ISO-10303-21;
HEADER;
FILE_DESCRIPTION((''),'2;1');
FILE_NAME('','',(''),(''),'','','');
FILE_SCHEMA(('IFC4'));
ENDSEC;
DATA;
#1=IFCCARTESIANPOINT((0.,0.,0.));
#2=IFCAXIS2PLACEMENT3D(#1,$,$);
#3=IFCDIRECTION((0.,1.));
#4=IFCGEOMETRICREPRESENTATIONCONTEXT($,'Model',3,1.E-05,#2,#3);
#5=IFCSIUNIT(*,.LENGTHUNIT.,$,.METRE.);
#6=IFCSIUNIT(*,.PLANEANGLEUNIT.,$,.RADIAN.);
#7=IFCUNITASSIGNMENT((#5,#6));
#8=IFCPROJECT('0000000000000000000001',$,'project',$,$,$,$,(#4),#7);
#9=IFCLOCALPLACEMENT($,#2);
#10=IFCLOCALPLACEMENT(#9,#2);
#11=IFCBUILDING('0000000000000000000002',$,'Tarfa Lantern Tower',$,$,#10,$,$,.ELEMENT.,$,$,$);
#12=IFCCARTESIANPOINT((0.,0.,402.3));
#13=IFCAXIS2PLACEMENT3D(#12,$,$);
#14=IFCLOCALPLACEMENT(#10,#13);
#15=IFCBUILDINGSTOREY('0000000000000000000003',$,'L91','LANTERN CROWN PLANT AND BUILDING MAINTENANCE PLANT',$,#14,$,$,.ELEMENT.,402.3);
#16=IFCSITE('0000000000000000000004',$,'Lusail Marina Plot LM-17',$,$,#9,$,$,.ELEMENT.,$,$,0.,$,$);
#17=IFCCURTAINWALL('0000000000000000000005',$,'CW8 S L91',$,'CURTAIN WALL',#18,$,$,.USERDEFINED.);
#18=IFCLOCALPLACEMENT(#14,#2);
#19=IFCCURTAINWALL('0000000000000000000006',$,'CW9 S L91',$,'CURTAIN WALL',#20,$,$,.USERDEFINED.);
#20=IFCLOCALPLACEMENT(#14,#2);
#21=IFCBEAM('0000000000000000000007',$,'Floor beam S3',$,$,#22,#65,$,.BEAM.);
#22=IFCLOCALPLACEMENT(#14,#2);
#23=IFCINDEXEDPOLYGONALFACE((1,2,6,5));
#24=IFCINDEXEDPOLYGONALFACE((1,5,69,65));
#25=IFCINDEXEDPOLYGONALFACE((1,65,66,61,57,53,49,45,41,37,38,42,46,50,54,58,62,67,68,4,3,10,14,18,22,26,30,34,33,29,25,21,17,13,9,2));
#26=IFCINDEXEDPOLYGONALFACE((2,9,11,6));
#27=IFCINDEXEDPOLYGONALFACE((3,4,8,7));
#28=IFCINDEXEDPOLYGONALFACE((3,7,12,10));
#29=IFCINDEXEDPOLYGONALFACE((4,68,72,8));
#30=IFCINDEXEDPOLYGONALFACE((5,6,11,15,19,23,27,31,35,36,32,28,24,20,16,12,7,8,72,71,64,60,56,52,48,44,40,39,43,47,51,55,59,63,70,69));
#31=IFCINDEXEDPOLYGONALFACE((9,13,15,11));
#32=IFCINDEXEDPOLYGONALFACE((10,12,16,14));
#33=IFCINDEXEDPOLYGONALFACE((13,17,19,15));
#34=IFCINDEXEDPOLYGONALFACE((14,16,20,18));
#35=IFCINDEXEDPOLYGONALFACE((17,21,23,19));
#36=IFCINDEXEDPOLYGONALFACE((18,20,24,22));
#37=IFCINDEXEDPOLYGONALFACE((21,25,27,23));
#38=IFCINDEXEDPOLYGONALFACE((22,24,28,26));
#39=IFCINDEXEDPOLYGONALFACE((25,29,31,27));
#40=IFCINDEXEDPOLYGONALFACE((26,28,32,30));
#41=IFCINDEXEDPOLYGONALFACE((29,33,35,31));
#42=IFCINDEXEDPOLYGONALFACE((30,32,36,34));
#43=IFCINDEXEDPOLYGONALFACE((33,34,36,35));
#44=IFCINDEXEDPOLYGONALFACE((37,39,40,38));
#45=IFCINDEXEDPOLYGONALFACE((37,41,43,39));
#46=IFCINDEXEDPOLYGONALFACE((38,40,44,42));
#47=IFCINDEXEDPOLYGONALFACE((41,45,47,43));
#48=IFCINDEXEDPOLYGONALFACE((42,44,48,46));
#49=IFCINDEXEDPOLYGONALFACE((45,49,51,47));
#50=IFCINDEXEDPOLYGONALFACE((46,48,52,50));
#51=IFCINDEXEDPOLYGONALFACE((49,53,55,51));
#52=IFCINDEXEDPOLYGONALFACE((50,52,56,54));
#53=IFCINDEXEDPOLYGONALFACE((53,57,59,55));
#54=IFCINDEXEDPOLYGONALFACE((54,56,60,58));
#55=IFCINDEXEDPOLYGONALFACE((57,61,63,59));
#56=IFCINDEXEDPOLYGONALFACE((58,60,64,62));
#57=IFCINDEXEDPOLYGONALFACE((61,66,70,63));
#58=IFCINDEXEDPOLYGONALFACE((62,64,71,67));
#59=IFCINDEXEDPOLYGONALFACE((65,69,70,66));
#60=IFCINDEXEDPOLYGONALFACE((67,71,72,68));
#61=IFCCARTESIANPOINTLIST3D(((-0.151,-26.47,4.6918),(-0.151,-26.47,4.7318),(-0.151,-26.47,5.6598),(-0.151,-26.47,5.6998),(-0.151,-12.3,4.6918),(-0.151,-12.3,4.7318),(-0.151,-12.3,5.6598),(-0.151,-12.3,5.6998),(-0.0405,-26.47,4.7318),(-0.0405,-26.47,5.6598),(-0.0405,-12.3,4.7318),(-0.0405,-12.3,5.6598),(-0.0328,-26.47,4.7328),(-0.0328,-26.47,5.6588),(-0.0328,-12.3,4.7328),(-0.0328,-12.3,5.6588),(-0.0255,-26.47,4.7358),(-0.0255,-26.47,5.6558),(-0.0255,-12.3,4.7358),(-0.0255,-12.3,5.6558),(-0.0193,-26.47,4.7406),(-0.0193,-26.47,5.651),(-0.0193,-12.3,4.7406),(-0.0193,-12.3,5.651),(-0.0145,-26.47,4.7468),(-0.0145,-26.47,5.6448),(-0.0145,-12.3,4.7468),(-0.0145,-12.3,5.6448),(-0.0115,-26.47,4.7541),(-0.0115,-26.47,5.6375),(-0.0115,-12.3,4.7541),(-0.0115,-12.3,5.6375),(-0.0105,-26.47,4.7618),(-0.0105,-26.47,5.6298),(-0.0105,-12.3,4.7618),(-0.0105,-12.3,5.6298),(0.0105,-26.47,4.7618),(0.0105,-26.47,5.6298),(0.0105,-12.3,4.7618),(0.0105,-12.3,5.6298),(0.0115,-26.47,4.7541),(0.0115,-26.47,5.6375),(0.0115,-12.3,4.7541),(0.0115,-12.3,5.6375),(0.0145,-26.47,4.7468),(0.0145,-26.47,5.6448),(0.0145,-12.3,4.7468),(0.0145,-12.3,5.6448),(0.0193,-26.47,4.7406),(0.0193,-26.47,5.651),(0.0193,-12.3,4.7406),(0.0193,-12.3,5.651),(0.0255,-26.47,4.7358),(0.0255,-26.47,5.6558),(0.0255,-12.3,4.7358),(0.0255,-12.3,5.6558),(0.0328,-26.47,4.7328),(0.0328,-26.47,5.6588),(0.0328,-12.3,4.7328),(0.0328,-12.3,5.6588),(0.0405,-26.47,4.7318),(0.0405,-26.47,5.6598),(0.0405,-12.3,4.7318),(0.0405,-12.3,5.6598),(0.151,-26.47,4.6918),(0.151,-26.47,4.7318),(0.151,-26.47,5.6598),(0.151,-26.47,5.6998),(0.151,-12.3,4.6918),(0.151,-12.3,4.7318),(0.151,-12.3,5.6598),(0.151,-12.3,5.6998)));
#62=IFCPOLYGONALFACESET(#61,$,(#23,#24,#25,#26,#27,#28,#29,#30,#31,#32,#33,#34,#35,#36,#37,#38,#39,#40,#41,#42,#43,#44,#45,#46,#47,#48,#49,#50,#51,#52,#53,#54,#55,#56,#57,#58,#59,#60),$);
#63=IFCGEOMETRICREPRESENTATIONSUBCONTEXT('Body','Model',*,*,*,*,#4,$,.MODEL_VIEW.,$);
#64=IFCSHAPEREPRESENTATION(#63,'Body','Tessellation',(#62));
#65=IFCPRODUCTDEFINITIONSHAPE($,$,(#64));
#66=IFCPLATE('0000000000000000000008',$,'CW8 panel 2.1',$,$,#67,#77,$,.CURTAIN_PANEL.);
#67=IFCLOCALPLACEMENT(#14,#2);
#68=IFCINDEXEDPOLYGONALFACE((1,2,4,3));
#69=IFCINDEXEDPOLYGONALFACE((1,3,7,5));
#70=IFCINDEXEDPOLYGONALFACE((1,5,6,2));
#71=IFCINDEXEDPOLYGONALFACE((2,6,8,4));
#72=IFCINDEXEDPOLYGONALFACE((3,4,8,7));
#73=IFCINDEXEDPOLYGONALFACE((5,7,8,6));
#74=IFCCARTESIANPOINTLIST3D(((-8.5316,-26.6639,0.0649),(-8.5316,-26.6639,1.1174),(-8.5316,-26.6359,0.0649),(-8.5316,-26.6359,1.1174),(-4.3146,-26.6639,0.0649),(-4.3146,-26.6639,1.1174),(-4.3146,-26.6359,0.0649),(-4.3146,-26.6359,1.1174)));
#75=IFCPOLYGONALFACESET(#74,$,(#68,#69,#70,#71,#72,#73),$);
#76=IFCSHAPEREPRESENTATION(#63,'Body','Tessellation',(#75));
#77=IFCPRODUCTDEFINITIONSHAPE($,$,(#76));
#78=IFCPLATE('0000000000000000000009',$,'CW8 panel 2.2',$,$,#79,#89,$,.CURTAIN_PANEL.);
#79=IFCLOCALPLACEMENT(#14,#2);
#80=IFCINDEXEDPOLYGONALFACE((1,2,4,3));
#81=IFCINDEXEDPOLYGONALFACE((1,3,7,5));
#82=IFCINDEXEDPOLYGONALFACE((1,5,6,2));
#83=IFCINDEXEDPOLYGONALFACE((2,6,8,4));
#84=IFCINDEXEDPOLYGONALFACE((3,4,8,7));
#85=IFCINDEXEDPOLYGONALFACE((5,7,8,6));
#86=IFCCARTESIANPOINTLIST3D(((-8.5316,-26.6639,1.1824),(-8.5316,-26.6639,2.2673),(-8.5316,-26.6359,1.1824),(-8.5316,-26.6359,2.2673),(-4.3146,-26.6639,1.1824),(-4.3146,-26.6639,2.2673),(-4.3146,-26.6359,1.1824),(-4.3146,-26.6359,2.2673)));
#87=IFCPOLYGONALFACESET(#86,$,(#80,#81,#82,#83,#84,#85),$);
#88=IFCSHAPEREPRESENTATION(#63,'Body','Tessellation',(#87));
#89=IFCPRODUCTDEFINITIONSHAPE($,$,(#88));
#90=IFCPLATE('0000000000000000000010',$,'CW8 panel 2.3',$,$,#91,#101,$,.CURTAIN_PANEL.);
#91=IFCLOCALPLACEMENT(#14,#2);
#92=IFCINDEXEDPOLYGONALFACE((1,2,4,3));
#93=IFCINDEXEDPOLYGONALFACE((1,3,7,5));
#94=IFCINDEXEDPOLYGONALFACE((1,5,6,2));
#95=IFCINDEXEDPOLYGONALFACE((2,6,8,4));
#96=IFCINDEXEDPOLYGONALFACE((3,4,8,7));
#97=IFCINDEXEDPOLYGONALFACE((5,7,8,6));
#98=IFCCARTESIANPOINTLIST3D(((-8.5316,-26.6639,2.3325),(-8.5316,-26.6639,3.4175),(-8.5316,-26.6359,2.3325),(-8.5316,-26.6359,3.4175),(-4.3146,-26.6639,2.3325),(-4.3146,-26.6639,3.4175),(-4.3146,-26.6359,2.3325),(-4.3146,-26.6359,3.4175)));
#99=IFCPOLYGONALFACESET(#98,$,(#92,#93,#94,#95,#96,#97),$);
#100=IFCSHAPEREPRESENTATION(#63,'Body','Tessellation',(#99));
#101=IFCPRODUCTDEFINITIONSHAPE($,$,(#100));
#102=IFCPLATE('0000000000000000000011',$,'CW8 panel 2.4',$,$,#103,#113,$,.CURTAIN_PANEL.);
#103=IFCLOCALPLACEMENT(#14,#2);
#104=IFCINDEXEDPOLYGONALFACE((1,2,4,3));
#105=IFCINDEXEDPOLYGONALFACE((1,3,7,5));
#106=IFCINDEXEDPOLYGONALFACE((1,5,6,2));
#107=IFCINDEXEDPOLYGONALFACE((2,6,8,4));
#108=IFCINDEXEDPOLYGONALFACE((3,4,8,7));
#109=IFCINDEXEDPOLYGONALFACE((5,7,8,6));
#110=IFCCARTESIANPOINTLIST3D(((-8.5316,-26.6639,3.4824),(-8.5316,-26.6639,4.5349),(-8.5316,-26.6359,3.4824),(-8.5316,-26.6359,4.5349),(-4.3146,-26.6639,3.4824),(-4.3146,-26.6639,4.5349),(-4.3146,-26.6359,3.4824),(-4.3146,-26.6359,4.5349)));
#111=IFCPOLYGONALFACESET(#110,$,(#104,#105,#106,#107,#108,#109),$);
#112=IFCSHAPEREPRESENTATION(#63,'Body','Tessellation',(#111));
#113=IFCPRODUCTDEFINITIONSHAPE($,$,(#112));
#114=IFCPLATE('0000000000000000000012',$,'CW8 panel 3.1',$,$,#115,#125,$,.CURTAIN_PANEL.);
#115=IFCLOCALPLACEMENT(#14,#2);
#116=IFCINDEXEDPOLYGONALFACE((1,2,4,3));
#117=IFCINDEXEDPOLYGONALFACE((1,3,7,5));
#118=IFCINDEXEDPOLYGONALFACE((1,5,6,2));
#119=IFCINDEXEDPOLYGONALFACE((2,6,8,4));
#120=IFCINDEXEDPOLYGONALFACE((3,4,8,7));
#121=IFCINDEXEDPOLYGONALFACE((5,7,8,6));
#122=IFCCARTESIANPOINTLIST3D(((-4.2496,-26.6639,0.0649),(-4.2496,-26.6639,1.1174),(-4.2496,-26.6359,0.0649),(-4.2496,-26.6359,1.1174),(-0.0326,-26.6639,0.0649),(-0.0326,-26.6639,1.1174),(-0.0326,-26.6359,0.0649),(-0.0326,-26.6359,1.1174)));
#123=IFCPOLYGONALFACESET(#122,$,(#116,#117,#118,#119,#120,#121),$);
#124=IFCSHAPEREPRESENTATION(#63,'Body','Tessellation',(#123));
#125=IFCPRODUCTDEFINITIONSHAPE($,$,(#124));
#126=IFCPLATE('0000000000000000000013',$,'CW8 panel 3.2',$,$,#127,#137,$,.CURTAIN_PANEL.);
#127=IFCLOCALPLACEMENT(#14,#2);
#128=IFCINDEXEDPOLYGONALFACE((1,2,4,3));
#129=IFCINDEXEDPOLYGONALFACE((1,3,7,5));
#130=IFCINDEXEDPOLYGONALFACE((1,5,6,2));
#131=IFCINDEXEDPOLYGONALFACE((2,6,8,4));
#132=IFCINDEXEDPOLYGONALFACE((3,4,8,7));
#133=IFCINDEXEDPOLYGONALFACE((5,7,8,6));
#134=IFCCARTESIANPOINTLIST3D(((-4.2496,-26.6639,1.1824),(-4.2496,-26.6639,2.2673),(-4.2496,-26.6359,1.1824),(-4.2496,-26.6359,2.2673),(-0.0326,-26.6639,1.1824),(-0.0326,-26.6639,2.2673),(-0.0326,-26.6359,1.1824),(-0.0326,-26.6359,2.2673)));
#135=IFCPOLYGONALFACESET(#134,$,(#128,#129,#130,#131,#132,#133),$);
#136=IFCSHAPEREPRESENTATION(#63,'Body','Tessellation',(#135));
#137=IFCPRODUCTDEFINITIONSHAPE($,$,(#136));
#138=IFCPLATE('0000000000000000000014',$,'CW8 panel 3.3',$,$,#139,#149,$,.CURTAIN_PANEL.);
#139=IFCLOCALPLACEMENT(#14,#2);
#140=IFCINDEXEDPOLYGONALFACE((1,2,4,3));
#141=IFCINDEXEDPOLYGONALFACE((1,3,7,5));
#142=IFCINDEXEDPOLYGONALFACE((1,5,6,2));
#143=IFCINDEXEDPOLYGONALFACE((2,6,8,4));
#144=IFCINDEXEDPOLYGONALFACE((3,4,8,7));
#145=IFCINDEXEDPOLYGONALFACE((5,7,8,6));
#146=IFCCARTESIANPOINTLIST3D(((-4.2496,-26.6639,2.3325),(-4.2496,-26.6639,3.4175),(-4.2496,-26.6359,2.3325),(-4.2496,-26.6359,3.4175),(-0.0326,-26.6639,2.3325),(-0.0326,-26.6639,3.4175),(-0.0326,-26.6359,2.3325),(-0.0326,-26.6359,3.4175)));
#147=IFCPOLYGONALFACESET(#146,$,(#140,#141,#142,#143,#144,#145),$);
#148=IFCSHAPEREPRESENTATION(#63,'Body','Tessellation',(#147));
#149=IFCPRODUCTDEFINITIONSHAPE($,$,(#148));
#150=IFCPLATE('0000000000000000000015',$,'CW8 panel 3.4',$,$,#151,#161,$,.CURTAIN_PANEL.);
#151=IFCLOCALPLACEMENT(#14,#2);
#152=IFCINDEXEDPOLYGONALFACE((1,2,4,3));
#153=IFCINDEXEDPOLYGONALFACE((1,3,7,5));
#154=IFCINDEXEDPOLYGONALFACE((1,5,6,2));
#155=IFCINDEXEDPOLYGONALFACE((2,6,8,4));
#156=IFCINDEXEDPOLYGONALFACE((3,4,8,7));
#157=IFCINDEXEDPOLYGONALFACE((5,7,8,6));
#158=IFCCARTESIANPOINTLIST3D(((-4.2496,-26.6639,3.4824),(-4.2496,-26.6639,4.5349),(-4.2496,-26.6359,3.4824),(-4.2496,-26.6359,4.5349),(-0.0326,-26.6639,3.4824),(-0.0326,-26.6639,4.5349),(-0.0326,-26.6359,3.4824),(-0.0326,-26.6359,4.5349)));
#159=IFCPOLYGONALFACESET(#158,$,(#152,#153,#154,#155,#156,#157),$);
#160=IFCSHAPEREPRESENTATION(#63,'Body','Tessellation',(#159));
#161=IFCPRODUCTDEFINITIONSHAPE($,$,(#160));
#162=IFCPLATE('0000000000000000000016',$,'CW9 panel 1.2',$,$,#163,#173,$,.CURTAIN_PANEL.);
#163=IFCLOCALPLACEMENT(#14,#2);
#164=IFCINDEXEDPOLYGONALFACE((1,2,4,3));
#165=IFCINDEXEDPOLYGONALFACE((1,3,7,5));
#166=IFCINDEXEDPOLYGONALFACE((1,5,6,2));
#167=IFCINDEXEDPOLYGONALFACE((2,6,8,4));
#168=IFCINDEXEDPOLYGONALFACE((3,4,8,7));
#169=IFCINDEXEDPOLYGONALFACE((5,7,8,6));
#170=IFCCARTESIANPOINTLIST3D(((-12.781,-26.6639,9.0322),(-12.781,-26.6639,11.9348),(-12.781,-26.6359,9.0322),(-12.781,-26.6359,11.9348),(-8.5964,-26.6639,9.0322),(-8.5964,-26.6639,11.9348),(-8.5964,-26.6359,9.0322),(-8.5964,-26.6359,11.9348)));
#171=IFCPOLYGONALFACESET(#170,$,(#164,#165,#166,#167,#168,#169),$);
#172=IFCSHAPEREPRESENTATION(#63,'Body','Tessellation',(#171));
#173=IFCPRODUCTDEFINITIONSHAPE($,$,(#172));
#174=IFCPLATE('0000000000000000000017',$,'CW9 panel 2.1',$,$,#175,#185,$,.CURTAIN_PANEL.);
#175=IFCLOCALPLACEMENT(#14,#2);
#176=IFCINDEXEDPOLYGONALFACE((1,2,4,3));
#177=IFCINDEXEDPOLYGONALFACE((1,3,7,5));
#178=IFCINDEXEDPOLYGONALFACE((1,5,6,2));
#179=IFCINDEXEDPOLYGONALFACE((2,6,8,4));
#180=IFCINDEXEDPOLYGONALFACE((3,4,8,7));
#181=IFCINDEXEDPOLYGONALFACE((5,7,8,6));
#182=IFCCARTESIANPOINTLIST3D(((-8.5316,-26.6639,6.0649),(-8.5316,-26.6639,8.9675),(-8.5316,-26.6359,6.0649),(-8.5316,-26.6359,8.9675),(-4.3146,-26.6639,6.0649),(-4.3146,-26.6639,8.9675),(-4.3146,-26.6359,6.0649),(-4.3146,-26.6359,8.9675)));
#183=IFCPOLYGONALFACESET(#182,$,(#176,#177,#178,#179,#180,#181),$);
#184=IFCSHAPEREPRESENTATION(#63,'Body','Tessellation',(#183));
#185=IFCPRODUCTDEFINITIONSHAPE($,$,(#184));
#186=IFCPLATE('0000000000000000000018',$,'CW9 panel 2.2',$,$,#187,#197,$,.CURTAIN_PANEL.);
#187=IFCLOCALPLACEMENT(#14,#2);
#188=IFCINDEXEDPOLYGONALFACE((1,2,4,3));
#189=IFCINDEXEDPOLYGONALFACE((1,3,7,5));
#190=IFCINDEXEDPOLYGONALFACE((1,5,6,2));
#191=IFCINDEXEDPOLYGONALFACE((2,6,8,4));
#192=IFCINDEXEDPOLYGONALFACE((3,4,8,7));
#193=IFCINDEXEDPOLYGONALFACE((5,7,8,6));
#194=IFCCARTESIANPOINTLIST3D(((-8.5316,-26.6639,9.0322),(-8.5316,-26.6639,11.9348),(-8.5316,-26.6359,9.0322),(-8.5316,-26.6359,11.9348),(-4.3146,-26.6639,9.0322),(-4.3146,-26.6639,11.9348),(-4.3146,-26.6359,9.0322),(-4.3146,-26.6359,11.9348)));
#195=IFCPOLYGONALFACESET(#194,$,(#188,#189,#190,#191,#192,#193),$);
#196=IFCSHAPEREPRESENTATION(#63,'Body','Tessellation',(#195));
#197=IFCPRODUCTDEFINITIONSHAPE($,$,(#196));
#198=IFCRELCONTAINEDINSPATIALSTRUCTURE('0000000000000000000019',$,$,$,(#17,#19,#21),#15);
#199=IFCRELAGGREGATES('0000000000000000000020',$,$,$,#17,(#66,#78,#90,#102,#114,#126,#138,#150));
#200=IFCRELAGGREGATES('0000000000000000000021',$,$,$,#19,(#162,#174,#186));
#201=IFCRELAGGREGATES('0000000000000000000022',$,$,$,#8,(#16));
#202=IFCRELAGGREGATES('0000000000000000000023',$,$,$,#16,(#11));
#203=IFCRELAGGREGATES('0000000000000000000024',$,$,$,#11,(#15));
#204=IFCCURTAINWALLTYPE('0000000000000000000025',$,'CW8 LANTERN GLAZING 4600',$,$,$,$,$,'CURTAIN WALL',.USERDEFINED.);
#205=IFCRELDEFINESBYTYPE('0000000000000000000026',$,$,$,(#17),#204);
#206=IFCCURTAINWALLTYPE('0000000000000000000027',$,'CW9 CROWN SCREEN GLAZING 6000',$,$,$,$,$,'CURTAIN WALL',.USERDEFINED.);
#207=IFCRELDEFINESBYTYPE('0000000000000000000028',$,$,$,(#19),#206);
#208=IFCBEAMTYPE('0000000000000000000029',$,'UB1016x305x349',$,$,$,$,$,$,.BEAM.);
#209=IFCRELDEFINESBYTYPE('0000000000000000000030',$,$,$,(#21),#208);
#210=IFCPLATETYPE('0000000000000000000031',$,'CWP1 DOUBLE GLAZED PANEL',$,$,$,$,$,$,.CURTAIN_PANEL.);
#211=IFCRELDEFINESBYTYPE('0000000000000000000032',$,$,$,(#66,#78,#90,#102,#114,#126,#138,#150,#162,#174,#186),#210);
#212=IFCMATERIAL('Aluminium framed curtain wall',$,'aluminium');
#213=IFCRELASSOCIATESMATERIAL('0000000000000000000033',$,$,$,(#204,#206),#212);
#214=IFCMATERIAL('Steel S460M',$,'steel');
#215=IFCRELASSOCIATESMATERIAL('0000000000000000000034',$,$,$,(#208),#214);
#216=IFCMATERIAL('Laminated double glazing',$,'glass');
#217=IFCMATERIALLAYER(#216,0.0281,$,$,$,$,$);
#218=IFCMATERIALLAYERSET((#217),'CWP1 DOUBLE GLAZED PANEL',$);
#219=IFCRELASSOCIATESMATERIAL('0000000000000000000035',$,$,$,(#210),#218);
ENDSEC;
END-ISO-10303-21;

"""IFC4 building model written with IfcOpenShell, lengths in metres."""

from ifc_helpers import new_model, si_unit, direction, frame, origin, origin_2d, place, context, subcontext, project, spatial, rectangle, i_section, extrude, material, layer, layer_set, material_profile, profile_set, type_object, element, aggregate, save


model = new_model("IFC4")

# Units and contexts
model_context = context("Model", 3, precision=1e-05, world=origin(), true_north=direction((0.0, 1.0)))
body_context = subcontext(model_context, "Body", "Model", "MODEL_VIEW")
ifc_project = project(units=[si_unit("LENGTHUNIT", "METRE"), si_unit("PLANEANGLEUNIT", "RADIAN")], contexts=[model_context])

# Site, building, storey
site_placement = place(None, origin())
site = spatial("IfcSite", under=ifc_project, at=site_placement, Name="Lusail Marina Plot LM-17", CompositionType="ELEMENT", RefElevation=0.0)
building_placement = place(site_placement, origin())
building = spatial("IfcBuilding", under=site, at=building_placement, Name="Tarfa Lantern Tower", CompositionType="ELEMENT")
storey_placement = place(building_placement, frame((0.0, 0.0, 402.3)))
storey = spatial("IfcBuildingStorey", under=building, at=storey_placement, Name="L91", Description="LANTERN CROWN PLANT AND BUILDING MAINTENANCE PLANT", CompositionType="ELEMENT", Elevation=402.3)

# Curtain walls
ifc_material_1 = material(Name="Aluminium framed curtain wall", Category="aluminium")
curtain_wall_type_1 = type_object("IfcCurtainWallType", Name="CW8 LANTERN GLAZING 4600", ElementType="CURTAIN WALL", PredefinedType="USERDEFINED", material=ifc_material_1)
curtain_wall_1_placement = place(storey_placement, origin())
curtain_wall_1 = element("IfcCurtainWall", 1, at=curtain_wall_1_placement, inside=storey, type_object=curtain_wall_type_1, Name="CW8 S L91", ObjectType="CURTAIN WALL", PredefinedType="USERDEFINED")
curtain_wall_type_2 = type_object("IfcCurtainWallType", Name="CW9 CROWN SCREEN GLAZING 6000", ElementType="CURTAIN WALL", PredefinedType="USERDEFINED", material=ifc_material_1)
curtain_wall_2_placement = place(storey_placement, origin())
curtain_wall_2 = element("IfcCurtainWall", 2, at=curtain_wall_2_placement, inside=storey, type_object=curtain_wall_type_2, Name="CW9 S L91", ObjectType="CURTAIN WALL", PredefinedType="USERDEFINED")

# Beam
ifc_material_2 = material(Name="Steel S460M", Category="steel")
ifc_material_profile_1 = material_profile(ifc_material_2, i_section(OverallWidth=0.302, OverallDepth=1.0081, WebThickness=0.021, FlangeThickness=0.04, FilletRadius=0.03, at=origin_2d()), Name="UB1016x305x349")
ifc_profile_set_1 = profile_set([ifc_material_profile_1], Name="Steel S460M")
beam_type_1 = type_object("IfcBeamType", Name="UB1016x305x349", PredefinedType="BEAM", material=ifc_profile_set_1)
for number, where, z_axis, x_axis, name in (
    (3, (0.0, -26.47, 5.1958), (0.0, 1.0, 0.0), (-1.0, 0.0, 0.0), "Floor beam S3"),
):
    element("IfcBeam", number, at=place(storey_placement, frame(where, z_axis=z_axis, x_axis=x_axis)), inside=storey, type_object=beam_type_1, Name=name, PredefinedType="BEAM", context=body_context, shape_type="SweptSolid", body=[
        extrude(i_section(OverallWidth=0.302, OverallDepth=1.0081, WebThickness=0.021, FlangeThickness=0.04, FilletRadius=0.03, at=origin_2d()), origin(), (0.0, 0.0, 1.0), 14.1699),
    ])

# Plates
ifc_material_3 = material(Name="Laminated double glazing", Category="glass")
ifc_layer = layer(ifc_material_3, 0.0281)
ifc_layer_set = layer_set([ifc_layer], Name="CWP1 DOUBLE GLAZED PANEL")
plate_type = type_object("IfcPlateType", Name="CWP1 DOUBLE GLAZED PANEL", PredefinedType="CURTAIN_PANEL", material=ifc_layer_set)
plate_1_placement = place(storey_placement, frame((-6.4231, -26.6499, 0.0649), z_axis=(0.0, 0.0, 1.0), x_axis=(1.0, 0.0, 0.0)))
plate_1 = element("IfcPlate", 4, at=plate_1_placement, type_object=plate_type, Name="CW8 panel 2.1", PredefinedType="CURTAIN_PANEL", context=body_context, shape_type="SweptSolid", body=[
    extrude(rectangle(XDim=4.217, YDim=0.0281, at=origin_2d()), origin(), (0.0, 0.0, 1.0), 1.0525),
])
plate_2_placement = place(storey_placement, frame((-6.4231, -26.6499, 1.1824), z_axis=(0.0, 0.0, 1.0), x_axis=(1.0, 0.0, 0.0)))
plate_2 = element("IfcPlate", 5, at=plate_2_placement, type_object=plate_type, Name="CW8 panel 2.2", PredefinedType="CURTAIN_PANEL", context=body_context, shape_type="SweptSolid", body=[
    extrude(rectangle(XDim=4.217, YDim=0.0281, at=origin_2d()), origin(), (0.0, 0.0, 1.0), 1.085),
])
plate_3_placement = place(storey_placement, frame((-6.4231, -26.6499, 2.3325), z_axis=(0.0, 0.0, 1.0), x_axis=(1.0, 0.0, 0.0)))
plate_3 = element("IfcPlate", 6, at=plate_3_placement, type_object=plate_type, Name="CW8 panel 2.3", PredefinedType="CURTAIN_PANEL", context=body_context, shape_type="SweptSolid", body=[
    extrude(rectangle(XDim=4.217, YDim=0.0281, at=origin_2d()), origin(), (0.0, 0.0, 1.0), 1.085),
])
plate_4_placement = place(storey_placement, frame((-6.4231, -26.6499, 3.4824), z_axis=(0.0, 0.0, 1.0), x_axis=(1.0, 0.0, 0.0)))
plate_4 = element("IfcPlate", 7, at=plate_4_placement, type_object=plate_type, Name="CW8 panel 2.4", PredefinedType="CURTAIN_PANEL", context=body_context, shape_type="SweptSolid", body=[
    extrude(rectangle(XDim=4.217, YDim=0.0281, at=origin_2d()), origin(), (0.0, 0.0, 1.0), 1.0525),
])
plate_5_placement = place(storey_placement, frame((-2.1411, -26.6499, 0.0649), z_axis=(0.0, 0.0, 1.0), x_axis=(1.0, 0.0, 0.0)))
plate_5 = element("IfcPlate", 8, at=plate_5_placement, type_object=plate_type, Name="CW8 panel 3.1", PredefinedType="CURTAIN_PANEL", context=body_context, shape_type="SweptSolid", body=[
    extrude(rectangle(XDim=4.217, YDim=0.0281, at=origin_2d()), origin(), (0.0, 0.0, 1.0), 1.0525),
])
plate_6_placement = place(storey_placement, frame((-2.1411, -26.6499, 1.1824), z_axis=(0.0, 0.0, 1.0), x_axis=(1.0, 0.0, 0.0)))
plate_6 = element("IfcPlate", 9, at=plate_6_placement, type_object=plate_type, Name="CW8 panel 3.2", PredefinedType="CURTAIN_PANEL", context=body_context, shape_type="SweptSolid", body=[
    extrude(rectangle(XDim=4.217, YDim=0.0281, at=origin_2d()), origin(), (0.0, 0.0, 1.0), 1.085),
])
plate_7_placement = place(storey_placement, frame((-2.1411, -26.6499, 2.3325), z_axis=(0.0, 0.0, 1.0), x_axis=(1.0, 0.0, 0.0)))
plate_7 = element("IfcPlate", 10, at=plate_7_placement, type_object=plate_type, Name="CW8 panel 3.3", PredefinedType="CURTAIN_PANEL", context=body_context, shape_type="SweptSolid", body=[
    extrude(rectangle(XDim=4.217, YDim=0.0281, at=origin_2d()), origin(), (0.0, 0.0, 1.0), 1.085),
])
plate_8_placement = place(storey_placement, frame((-2.1411, -26.6499, 3.4824), z_axis=(0.0, 0.0, 1.0), x_axis=(1.0, 0.0, 0.0)))
plate_8 = element("IfcPlate", 11, at=plate_8_placement, type_object=plate_type, Name="CW8 panel 3.4", PredefinedType="CURTAIN_PANEL", context=body_context, shape_type="SweptSolid", body=[
    extrude(rectangle(XDim=4.217, YDim=0.0281, at=origin_2d()), origin(), (0.0, 0.0, 1.0), 1.0525),
])
aggregate(curtain_wall_1, [plate_1, plate_2, plate_3, plate_4, plate_5, plate_6, plate_7, plate_8])
plate_9_placement = place(storey_placement, frame((-10.6887, -26.6499, 9.0322), z_axis=(0.0, 0.0, 1.0), x_axis=(1.0, 0.0, 0.0)))
plate_9 = element("IfcPlate", 12, at=plate_9_placement, type_object=plate_type, Name="CW9 panel 1.2", PredefinedType="CURTAIN_PANEL", context=body_context, shape_type="SweptSolid", body=[
    extrude(rectangle(XDim=4.1846, YDim=0.0281, at=origin_2d()), origin(), (0.0, 0.0, 1.0), 2.9026),
])
plate_10_placement = place(storey_placement, frame((-6.4231, -26.6499, 6.0649), z_axis=(0.0, 0.0, 1.0), x_axis=(1.0, 0.0, 0.0)))
plate_10 = element("IfcPlate", 13, at=plate_10_placement, type_object=plate_type, Name="CW9 panel 2.1", PredefinedType="CURTAIN_PANEL", context=body_context, shape_type="SweptSolid", body=[
    extrude(rectangle(XDim=4.217, YDim=0.0281, at=origin_2d()), origin(), (0.0, 0.0, 1.0), 2.9026),
])
plate_11_placement = place(storey_placement, frame((-6.4231, -26.6499, 9.0322), z_axis=(0.0, 0.0, 1.0), x_axis=(1.0, 0.0, 0.0)))
plate_11 = element("IfcPlate", 14, at=plate_11_placement, type_object=plate_type, Name="CW9 panel 2.2", PredefinedType="CURTAIN_PANEL", context=body_context, shape_type="SweptSolid", body=[
    extrude(rectangle(XDim=4.217, YDim=0.0281, at=origin_2d()), origin(), (0.0, 0.0, 1.0), 2.9026),
])
aggregate(curtain_wall_2, [plate_9, plate_10, plate_11])

save(model, "model.ifc")
